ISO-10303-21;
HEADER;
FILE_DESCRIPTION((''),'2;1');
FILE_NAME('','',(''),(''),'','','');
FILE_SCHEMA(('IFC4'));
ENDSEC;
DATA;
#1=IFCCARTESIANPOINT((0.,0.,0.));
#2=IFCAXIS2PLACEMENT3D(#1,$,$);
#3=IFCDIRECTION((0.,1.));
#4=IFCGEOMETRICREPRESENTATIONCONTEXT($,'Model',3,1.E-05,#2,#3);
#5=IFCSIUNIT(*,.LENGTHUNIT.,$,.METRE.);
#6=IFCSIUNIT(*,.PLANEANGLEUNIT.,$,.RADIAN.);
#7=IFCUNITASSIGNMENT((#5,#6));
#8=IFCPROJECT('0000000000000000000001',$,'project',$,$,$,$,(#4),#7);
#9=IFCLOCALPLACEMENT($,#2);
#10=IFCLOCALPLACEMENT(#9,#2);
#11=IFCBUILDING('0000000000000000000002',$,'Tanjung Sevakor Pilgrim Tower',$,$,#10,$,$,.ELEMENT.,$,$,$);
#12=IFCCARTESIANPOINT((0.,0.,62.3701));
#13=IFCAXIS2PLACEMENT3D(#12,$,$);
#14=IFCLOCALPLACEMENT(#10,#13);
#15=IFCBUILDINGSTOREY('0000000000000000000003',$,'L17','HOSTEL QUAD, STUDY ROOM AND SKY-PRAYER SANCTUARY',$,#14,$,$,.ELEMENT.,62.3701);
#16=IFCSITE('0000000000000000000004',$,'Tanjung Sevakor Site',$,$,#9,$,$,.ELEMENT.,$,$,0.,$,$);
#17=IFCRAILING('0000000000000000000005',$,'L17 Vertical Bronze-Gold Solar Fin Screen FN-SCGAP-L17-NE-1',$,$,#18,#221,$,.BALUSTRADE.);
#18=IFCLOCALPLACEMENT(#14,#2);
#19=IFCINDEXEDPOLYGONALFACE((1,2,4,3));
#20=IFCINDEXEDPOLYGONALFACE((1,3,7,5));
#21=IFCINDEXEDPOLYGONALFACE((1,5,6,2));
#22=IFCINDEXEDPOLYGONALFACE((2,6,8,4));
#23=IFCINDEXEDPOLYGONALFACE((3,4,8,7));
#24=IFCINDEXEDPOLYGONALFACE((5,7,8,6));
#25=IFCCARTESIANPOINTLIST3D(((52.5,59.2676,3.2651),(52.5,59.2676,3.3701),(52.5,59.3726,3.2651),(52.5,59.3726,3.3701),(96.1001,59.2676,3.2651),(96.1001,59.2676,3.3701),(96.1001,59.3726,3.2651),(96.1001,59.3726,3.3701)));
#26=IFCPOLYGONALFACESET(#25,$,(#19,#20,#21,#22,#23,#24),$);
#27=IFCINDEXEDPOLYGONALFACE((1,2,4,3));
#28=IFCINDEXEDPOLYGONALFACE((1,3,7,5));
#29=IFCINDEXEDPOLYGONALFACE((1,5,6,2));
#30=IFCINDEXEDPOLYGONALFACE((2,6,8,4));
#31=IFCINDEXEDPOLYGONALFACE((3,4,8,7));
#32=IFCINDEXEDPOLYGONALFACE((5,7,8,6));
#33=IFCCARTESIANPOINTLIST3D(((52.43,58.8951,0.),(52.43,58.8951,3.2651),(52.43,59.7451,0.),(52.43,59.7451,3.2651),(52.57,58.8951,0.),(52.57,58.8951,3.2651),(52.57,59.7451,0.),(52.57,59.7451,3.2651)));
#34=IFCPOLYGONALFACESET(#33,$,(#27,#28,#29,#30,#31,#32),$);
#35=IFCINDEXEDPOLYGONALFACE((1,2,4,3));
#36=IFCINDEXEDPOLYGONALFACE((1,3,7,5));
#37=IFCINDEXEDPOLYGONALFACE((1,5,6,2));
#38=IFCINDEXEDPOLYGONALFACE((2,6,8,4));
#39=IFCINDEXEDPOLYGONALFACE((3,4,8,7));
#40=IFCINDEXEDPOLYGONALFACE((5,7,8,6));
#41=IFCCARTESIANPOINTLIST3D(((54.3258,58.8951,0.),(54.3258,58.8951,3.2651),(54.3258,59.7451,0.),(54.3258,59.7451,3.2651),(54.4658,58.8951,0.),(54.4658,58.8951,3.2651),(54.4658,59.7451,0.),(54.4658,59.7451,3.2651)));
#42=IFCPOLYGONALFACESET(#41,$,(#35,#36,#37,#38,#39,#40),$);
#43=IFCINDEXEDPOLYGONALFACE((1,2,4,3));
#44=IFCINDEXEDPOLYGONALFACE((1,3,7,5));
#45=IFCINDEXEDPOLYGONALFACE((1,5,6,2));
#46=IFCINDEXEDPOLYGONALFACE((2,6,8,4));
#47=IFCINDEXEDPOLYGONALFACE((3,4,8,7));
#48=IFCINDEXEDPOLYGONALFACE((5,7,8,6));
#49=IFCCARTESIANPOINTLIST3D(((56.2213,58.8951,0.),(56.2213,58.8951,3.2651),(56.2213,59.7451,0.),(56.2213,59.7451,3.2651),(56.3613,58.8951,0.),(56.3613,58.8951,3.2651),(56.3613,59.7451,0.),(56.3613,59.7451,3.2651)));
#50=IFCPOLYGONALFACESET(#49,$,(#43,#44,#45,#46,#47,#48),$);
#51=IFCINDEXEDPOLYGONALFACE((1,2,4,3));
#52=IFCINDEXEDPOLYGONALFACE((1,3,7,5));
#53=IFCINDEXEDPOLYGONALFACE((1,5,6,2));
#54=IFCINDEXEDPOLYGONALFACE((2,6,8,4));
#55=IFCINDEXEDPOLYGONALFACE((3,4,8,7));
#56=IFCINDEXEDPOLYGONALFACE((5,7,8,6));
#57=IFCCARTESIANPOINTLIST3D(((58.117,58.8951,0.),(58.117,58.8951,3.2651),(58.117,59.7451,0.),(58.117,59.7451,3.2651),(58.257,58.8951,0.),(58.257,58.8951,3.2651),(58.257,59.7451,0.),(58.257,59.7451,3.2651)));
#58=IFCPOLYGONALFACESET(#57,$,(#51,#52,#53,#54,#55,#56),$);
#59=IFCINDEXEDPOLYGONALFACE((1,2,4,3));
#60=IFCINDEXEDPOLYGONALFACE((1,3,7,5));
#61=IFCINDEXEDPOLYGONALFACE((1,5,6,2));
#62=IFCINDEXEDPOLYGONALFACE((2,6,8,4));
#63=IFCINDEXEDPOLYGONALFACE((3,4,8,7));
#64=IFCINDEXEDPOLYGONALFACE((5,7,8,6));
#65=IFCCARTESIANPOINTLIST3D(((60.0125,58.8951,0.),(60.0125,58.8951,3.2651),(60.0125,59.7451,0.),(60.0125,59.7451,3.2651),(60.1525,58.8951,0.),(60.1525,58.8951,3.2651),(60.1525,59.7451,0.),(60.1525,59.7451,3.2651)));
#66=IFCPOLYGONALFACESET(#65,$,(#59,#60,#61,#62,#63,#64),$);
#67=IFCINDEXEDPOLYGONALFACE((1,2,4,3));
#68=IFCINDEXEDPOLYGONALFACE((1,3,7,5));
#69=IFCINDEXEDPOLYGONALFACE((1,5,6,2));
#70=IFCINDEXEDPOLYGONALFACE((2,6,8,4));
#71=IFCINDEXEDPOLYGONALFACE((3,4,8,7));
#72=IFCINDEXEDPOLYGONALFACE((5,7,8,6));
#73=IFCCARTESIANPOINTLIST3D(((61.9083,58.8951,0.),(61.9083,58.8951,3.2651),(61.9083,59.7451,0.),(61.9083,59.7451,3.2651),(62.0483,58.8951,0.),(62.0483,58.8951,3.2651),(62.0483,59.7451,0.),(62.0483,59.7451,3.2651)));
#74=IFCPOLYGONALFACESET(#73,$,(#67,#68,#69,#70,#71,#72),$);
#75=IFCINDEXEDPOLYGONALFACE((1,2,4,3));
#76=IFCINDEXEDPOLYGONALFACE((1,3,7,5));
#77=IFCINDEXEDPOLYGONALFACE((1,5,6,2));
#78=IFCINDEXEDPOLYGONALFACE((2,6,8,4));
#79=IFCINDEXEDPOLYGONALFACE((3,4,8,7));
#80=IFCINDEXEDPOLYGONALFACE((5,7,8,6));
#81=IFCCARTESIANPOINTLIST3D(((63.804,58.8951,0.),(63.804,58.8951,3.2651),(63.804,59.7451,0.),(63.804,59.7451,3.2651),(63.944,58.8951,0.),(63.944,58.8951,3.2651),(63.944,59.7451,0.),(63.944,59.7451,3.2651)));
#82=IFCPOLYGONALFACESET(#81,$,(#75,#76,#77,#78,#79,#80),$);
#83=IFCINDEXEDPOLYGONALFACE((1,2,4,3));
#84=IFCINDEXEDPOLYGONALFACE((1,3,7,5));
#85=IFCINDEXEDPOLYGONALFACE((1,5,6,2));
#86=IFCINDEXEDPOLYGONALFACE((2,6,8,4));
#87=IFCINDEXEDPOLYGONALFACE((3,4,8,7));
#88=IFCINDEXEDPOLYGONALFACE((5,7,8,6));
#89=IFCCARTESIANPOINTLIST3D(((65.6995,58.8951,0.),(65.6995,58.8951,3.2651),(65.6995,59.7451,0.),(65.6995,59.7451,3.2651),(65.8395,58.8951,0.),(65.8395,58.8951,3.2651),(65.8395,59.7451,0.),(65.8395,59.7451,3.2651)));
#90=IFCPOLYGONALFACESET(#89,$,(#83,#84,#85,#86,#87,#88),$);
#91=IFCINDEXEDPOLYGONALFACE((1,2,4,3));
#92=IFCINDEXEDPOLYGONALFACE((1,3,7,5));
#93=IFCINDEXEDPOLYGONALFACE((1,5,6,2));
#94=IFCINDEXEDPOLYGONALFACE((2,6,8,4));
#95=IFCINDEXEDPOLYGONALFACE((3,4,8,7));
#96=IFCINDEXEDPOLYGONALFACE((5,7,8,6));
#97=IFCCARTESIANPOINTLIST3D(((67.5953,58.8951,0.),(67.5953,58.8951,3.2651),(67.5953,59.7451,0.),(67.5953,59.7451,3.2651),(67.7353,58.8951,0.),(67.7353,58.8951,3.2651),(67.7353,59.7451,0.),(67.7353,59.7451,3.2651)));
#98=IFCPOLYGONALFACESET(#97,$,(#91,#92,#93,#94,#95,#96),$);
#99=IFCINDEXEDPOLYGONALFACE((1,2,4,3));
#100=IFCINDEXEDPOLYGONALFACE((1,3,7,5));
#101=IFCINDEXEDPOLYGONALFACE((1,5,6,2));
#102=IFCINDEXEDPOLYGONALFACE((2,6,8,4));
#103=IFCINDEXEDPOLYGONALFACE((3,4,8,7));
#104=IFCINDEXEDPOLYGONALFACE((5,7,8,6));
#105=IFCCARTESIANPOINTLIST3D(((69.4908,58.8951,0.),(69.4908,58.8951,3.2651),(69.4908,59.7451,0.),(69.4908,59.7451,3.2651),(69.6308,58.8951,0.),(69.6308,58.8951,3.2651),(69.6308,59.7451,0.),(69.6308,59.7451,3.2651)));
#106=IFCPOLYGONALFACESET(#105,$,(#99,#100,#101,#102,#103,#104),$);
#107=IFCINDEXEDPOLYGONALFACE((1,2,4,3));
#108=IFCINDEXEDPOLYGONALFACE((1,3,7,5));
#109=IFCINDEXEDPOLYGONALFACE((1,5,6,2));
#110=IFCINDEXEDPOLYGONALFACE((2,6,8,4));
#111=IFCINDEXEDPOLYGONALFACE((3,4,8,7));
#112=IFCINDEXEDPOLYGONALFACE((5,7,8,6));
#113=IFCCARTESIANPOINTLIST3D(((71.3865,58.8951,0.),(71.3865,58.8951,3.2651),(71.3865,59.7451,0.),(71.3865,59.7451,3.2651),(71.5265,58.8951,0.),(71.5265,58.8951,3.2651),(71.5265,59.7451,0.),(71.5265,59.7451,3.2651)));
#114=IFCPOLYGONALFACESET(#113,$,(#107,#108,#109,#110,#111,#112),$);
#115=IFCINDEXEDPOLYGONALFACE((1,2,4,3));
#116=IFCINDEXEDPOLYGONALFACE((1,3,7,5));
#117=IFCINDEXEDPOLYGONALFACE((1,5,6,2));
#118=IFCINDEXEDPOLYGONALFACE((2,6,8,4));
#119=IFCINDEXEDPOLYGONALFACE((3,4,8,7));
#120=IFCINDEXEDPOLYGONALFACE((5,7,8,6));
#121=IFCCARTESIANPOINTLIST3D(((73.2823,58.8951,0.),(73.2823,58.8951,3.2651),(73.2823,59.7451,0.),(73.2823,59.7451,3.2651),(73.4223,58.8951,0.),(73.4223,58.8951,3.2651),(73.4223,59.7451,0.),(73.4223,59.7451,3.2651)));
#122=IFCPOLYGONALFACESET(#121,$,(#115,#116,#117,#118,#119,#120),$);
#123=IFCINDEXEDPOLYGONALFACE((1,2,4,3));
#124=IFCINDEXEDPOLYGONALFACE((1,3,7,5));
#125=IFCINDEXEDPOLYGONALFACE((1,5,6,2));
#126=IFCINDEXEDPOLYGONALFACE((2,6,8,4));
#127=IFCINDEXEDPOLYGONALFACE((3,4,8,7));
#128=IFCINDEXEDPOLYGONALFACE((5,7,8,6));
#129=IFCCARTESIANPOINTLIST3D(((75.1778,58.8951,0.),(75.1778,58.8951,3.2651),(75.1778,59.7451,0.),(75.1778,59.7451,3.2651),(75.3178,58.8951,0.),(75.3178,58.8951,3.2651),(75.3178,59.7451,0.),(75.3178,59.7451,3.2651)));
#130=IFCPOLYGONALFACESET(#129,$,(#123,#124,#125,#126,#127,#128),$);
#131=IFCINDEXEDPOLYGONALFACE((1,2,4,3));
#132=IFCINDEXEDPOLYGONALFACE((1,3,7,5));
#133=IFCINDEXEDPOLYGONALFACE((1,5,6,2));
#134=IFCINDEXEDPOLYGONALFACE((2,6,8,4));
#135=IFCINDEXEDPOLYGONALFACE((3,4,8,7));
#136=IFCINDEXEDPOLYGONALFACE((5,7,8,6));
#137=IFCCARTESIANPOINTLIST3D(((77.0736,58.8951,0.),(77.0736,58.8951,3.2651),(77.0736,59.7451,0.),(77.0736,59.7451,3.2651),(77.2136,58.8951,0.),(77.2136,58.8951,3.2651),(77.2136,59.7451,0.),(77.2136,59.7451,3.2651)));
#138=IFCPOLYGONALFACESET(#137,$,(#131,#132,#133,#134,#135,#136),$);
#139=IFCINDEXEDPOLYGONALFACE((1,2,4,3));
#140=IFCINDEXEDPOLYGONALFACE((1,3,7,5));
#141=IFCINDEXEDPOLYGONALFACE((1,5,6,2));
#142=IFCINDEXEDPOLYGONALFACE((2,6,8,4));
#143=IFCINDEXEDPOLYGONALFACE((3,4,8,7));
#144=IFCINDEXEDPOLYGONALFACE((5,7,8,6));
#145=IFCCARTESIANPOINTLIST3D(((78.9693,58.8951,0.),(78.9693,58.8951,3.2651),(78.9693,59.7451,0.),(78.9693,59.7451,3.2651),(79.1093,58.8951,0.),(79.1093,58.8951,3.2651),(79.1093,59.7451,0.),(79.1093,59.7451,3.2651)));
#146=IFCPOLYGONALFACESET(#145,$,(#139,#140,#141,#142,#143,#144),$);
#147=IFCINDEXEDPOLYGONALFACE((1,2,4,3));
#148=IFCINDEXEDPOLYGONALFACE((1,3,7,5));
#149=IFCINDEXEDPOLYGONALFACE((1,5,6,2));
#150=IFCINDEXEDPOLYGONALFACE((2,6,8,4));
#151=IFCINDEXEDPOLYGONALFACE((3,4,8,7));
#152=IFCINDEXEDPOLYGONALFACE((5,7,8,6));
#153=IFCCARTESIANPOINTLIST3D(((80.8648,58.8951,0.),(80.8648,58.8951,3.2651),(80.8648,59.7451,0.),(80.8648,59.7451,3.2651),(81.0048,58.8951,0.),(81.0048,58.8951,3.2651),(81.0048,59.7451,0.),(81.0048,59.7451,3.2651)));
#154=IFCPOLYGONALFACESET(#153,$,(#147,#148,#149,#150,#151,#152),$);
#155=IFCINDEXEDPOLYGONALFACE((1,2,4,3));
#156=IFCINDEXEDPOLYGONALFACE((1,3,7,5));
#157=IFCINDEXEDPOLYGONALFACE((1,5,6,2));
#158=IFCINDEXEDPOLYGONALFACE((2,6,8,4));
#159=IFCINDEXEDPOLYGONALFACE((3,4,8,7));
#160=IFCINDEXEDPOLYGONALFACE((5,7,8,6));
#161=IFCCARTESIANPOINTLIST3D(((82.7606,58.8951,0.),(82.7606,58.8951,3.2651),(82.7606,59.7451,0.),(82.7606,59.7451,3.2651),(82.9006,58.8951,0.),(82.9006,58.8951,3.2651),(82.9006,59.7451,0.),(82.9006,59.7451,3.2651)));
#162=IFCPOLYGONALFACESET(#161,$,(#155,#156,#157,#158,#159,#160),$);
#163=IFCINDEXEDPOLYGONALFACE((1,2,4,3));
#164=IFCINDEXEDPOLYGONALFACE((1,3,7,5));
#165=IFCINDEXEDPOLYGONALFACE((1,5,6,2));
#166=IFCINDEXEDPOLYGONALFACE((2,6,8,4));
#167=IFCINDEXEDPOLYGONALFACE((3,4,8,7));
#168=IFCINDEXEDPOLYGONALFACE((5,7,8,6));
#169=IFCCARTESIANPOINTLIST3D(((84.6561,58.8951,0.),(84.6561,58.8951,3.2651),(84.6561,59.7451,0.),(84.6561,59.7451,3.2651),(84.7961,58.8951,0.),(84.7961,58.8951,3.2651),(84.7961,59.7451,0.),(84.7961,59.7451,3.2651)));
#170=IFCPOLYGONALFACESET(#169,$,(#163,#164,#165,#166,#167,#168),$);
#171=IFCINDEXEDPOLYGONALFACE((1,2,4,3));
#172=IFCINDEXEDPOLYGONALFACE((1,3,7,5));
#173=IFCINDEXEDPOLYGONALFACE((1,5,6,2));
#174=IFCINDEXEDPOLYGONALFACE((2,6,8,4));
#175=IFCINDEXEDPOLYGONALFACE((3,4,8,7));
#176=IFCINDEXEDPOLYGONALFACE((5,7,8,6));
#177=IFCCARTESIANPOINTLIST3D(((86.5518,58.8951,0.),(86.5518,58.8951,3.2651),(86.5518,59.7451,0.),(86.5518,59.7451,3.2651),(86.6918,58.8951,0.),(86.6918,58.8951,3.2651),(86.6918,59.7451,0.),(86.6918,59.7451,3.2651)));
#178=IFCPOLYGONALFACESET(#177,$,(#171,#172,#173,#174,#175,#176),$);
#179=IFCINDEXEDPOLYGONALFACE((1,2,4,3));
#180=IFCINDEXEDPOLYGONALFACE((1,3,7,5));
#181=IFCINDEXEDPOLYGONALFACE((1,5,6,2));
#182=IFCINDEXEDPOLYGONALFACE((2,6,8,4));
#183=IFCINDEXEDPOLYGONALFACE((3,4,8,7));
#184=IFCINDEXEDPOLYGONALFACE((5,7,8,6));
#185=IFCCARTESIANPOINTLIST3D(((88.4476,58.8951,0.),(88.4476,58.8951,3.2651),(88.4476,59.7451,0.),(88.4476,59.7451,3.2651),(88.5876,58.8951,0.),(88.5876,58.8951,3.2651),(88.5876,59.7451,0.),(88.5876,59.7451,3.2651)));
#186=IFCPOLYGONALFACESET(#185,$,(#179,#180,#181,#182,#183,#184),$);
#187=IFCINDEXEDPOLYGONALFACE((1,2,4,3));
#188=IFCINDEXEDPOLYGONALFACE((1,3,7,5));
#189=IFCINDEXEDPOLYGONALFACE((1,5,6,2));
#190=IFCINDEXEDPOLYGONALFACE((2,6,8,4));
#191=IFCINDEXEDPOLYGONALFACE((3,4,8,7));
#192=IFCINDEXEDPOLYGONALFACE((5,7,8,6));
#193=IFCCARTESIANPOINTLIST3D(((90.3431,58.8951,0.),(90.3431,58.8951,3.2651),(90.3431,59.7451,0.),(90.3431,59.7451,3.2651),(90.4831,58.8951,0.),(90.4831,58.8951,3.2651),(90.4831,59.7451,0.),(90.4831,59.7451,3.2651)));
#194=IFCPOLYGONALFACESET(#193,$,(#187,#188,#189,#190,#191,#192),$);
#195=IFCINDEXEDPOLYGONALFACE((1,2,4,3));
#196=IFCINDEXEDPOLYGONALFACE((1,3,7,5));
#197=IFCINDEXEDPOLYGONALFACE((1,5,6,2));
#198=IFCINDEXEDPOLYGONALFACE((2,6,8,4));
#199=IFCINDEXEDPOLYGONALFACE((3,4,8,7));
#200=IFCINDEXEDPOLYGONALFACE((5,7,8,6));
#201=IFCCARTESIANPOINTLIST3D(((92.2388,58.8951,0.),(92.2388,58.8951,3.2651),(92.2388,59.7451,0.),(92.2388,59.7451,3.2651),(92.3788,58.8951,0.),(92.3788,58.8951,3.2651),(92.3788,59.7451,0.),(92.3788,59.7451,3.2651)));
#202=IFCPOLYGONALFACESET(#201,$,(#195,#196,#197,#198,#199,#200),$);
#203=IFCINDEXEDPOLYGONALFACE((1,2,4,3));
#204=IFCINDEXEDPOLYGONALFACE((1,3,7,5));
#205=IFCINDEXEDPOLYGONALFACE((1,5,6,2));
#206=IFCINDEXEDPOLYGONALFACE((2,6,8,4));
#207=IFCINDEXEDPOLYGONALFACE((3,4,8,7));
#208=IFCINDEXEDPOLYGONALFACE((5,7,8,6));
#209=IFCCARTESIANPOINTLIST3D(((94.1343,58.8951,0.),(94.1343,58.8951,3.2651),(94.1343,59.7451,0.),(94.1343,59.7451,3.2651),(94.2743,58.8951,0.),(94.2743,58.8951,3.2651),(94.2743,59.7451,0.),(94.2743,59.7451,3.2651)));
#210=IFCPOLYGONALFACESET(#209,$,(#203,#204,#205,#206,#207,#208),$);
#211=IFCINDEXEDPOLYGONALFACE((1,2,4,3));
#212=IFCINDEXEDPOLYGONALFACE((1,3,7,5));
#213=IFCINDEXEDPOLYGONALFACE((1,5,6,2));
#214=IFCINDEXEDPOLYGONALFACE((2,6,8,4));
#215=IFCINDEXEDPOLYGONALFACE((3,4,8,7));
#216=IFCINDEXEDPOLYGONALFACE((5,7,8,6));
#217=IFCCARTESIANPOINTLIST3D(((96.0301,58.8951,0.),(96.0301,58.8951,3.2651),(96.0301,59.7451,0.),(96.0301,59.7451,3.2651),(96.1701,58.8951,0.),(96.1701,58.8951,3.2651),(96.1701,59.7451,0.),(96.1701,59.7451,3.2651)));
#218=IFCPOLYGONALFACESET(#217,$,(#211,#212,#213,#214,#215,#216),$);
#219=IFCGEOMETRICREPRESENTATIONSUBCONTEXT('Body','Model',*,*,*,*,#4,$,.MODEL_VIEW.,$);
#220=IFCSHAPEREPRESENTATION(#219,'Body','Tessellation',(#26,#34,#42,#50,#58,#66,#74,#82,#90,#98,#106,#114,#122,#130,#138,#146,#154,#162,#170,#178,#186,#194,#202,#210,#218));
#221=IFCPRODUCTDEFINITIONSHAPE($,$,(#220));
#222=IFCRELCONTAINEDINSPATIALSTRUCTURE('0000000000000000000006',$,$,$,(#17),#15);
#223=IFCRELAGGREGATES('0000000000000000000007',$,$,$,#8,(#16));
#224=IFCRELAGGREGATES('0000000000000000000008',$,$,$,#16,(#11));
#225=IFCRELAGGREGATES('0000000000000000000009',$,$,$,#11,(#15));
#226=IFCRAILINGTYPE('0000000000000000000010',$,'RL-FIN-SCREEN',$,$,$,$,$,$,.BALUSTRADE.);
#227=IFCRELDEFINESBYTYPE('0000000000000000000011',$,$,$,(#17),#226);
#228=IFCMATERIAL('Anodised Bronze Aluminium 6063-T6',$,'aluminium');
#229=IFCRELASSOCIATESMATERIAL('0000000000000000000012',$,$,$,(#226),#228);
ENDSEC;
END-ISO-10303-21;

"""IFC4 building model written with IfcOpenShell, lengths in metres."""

from ifc_helpers import new_model, si_unit, direction, frame, origin, place, context, subcontext, project, spatial, rectangle, extrude, material, type_object, element, save


model = new_model("IFC4")

# Units and contexts
model_context = context("Model", 3, precision=1e-05, world=origin(), true_north=direction((0.0, 1.0)))
body_context = subcontext(model_context, "Body", "Model", "MODEL_VIEW")
ifc_project = project(units=[si_unit("LENGTHUNIT", "METRE"), si_unit("PLANEANGLEUNIT", "RADIAN")], contexts=[model_context])

# Site, building, storey
site_placement = place(None, origin())
site = spatial("IfcSite", under=ifc_project, at=site_placement, Name="Tanjung Sevakor Site", CompositionType="ELEMENT", RefElevation=0.0)
building_placement = place(site_placement, origin())
building = spatial("IfcBuilding", under=site, at=building_placement, Name="Tanjung Sevakor Pilgrim Tower", CompositionType="ELEMENT")
storey_placement = place(building_placement, frame((0.0, 0.0, 62.3701)))
storey = spatial("IfcBuildingStorey", under=building, at=storey_placement, Name="L17", Description="HOSTEL QUAD, STUDY ROOM AND SKY-PRAYER SANCTUARY", CompositionType="ELEMENT", Elevation=62.3701)

# Railing
ifc_material_1 = material(Name="Anodised Bronze Aluminium 6063-T6", Category="aluminium")
railing_type = type_object("IfcRailingType", Name="RL-FIN-SCREEN", PredefinedType="BALUSTRADE", material=ifc_material_1)
railing_placement = place(storey_placement, frame((52.5, 59.3201, 0.0)))
element("IfcRailing", 1, at=railing_placement, inside=storey, type_object=railing_type, Name="L17 Vertical Bronze-Gold Solar Fin Screen FN-SCGAP-L17-NE-1", PredefinedType="BALUSTRADE", context=body_context, shape_type="SweptSolid", body=[
    extrude(rectangle(XDim=0.105, YDim=0.105), frame((0.0, 0.0, 3.3176), z_axis=(1.0, 0.0, 0.0), x_axis=(0.0, 1.0, 0.0)), (0.0, 0.0, 1.0), 43.6001),
    extrude(rectangle(XDim=0.14, YDim=0.85), origin(), (0.0, 0.0, 1.0), 3.2651),
    extrude(rectangle(XDim=0.14, YDim=0.85), frame((1.8958, 0.0, 0.0)), (0.0, 0.0, 1.0), 3.2651),
    extrude(rectangle(XDim=0.14, YDim=0.85), frame((3.7913, 0.0, 0.0)), (0.0, 0.0, 1.0), 3.2651),
    extrude(rectangle(XDim=0.14, YDim=0.85), frame((5.687, 0.0, 0.0)), (0.0, 0.0, 1.0), 3.2651),
    extrude(rectangle(XDim=0.14, YDim=0.85), frame((7.5825, 0.0, 0.0)), (0.0, 0.0, 1.0), 3.2651),
    extrude(rectangle(XDim=0.14, YDim=0.85), frame((9.4783, 0.0, 0.0)), (0.0, 0.0, 1.0), 3.2651),
    extrude(rectangle(XDim=0.14, YDim=0.85), frame((11.374, 0.0, 0.0)), (0.0, 0.0, 1.0), 3.2651),
    extrude(rectangle(XDim=0.14, YDim=0.85), frame((13.2695, 0.0, 0.0)), (0.0, 0.0, 1.0), 3.2651),
    extrude(rectangle(XDim=0.14, YDim=0.85), frame((15.1653, 0.0, 0.0)), (0.0, 0.0, 1.0), 3.2651),
    extrude(rectangle(XDim=0.14, YDim=0.85), frame((17.0608, 0.0, 0.0)), (0.0, 0.0, 1.0), 3.2651),
    extrude(rectangle(XDim=0.14, YDim=0.85), frame((18.9565, 0.0, 0.0)), (0.0, 0.0, 1.0), 3.2651),
    extrude(rectangle(XDim=0.14, YDim=0.85), frame((20.8523, 0.0, 0.0)), (0.0, 0.0, 1.0), 3.2651),
    extrude(rectangle(XDim=0.14, YDim=0.85), frame((22.7478, 0.0, 0.0)), (0.0, 0.0, 1.0), 3.2651),
    extrude(rectangle(XDim=0.14, YDim=0.85), frame((24.6436, 0.0, 0.0)), (0.0, 0.0, 1.0), 3.2651),
    extrude(rectangle(XDim=0.14, YDim=0.85), frame((26.5393, 0.0, 0.0)), (0.0, 0.0, 1.0), 3.2651),
    extrude(rectangle(XDim=0.14, YDim=0.85), frame((28.4348, 0.0, 0.0)), (0.0, 0.0, 1.0), 3.2651),
    extrude(rectangle(XDim=0.14, YDim=0.85), frame((30.3306, 0.0, 0.0)), (0.0, 0.0, 1.0), 3.2651),
    extrude(rectangle(XDim=0.14, YDim=0.85), frame((32.2261, 0.0, 0.0)), (0.0, 0.0, 1.0), 3.2651),
    extrude(rectangle(XDim=0.14, YDim=0.85), frame((34.1218, 0.0, 0.0)), (0.0, 0.0, 1.0), 3.2651),
    extrude(rectangle(XDim=0.14, YDim=0.85), frame((36.0176, 0.0, 0.0)), (0.0, 0.0, 1.0), 3.2651),
    extrude(rectangle(XDim=0.14, YDim=0.85), frame((37.9131, 0.0, 0.0)), (0.0, 0.0, 1.0), 3.2651),
    extrude(rectangle(XDim=0.14, YDim=0.85), frame((39.8088, 0.0, 0.0)), (0.0, 0.0, 1.0), 3.2651),
    extrude(rectangle(XDim=0.14, YDim=0.85), frame((41.7043, 0.0, 0.0)), (0.0, 0.0, 1.0), 3.2651),
    extrude(rectangle(XDim=0.14, YDim=0.85), frame((43.6001, 0.0, 0.0)), (0.0, 0.0, 1.0), 3.2651),
])

save(model, "model.ifc")
